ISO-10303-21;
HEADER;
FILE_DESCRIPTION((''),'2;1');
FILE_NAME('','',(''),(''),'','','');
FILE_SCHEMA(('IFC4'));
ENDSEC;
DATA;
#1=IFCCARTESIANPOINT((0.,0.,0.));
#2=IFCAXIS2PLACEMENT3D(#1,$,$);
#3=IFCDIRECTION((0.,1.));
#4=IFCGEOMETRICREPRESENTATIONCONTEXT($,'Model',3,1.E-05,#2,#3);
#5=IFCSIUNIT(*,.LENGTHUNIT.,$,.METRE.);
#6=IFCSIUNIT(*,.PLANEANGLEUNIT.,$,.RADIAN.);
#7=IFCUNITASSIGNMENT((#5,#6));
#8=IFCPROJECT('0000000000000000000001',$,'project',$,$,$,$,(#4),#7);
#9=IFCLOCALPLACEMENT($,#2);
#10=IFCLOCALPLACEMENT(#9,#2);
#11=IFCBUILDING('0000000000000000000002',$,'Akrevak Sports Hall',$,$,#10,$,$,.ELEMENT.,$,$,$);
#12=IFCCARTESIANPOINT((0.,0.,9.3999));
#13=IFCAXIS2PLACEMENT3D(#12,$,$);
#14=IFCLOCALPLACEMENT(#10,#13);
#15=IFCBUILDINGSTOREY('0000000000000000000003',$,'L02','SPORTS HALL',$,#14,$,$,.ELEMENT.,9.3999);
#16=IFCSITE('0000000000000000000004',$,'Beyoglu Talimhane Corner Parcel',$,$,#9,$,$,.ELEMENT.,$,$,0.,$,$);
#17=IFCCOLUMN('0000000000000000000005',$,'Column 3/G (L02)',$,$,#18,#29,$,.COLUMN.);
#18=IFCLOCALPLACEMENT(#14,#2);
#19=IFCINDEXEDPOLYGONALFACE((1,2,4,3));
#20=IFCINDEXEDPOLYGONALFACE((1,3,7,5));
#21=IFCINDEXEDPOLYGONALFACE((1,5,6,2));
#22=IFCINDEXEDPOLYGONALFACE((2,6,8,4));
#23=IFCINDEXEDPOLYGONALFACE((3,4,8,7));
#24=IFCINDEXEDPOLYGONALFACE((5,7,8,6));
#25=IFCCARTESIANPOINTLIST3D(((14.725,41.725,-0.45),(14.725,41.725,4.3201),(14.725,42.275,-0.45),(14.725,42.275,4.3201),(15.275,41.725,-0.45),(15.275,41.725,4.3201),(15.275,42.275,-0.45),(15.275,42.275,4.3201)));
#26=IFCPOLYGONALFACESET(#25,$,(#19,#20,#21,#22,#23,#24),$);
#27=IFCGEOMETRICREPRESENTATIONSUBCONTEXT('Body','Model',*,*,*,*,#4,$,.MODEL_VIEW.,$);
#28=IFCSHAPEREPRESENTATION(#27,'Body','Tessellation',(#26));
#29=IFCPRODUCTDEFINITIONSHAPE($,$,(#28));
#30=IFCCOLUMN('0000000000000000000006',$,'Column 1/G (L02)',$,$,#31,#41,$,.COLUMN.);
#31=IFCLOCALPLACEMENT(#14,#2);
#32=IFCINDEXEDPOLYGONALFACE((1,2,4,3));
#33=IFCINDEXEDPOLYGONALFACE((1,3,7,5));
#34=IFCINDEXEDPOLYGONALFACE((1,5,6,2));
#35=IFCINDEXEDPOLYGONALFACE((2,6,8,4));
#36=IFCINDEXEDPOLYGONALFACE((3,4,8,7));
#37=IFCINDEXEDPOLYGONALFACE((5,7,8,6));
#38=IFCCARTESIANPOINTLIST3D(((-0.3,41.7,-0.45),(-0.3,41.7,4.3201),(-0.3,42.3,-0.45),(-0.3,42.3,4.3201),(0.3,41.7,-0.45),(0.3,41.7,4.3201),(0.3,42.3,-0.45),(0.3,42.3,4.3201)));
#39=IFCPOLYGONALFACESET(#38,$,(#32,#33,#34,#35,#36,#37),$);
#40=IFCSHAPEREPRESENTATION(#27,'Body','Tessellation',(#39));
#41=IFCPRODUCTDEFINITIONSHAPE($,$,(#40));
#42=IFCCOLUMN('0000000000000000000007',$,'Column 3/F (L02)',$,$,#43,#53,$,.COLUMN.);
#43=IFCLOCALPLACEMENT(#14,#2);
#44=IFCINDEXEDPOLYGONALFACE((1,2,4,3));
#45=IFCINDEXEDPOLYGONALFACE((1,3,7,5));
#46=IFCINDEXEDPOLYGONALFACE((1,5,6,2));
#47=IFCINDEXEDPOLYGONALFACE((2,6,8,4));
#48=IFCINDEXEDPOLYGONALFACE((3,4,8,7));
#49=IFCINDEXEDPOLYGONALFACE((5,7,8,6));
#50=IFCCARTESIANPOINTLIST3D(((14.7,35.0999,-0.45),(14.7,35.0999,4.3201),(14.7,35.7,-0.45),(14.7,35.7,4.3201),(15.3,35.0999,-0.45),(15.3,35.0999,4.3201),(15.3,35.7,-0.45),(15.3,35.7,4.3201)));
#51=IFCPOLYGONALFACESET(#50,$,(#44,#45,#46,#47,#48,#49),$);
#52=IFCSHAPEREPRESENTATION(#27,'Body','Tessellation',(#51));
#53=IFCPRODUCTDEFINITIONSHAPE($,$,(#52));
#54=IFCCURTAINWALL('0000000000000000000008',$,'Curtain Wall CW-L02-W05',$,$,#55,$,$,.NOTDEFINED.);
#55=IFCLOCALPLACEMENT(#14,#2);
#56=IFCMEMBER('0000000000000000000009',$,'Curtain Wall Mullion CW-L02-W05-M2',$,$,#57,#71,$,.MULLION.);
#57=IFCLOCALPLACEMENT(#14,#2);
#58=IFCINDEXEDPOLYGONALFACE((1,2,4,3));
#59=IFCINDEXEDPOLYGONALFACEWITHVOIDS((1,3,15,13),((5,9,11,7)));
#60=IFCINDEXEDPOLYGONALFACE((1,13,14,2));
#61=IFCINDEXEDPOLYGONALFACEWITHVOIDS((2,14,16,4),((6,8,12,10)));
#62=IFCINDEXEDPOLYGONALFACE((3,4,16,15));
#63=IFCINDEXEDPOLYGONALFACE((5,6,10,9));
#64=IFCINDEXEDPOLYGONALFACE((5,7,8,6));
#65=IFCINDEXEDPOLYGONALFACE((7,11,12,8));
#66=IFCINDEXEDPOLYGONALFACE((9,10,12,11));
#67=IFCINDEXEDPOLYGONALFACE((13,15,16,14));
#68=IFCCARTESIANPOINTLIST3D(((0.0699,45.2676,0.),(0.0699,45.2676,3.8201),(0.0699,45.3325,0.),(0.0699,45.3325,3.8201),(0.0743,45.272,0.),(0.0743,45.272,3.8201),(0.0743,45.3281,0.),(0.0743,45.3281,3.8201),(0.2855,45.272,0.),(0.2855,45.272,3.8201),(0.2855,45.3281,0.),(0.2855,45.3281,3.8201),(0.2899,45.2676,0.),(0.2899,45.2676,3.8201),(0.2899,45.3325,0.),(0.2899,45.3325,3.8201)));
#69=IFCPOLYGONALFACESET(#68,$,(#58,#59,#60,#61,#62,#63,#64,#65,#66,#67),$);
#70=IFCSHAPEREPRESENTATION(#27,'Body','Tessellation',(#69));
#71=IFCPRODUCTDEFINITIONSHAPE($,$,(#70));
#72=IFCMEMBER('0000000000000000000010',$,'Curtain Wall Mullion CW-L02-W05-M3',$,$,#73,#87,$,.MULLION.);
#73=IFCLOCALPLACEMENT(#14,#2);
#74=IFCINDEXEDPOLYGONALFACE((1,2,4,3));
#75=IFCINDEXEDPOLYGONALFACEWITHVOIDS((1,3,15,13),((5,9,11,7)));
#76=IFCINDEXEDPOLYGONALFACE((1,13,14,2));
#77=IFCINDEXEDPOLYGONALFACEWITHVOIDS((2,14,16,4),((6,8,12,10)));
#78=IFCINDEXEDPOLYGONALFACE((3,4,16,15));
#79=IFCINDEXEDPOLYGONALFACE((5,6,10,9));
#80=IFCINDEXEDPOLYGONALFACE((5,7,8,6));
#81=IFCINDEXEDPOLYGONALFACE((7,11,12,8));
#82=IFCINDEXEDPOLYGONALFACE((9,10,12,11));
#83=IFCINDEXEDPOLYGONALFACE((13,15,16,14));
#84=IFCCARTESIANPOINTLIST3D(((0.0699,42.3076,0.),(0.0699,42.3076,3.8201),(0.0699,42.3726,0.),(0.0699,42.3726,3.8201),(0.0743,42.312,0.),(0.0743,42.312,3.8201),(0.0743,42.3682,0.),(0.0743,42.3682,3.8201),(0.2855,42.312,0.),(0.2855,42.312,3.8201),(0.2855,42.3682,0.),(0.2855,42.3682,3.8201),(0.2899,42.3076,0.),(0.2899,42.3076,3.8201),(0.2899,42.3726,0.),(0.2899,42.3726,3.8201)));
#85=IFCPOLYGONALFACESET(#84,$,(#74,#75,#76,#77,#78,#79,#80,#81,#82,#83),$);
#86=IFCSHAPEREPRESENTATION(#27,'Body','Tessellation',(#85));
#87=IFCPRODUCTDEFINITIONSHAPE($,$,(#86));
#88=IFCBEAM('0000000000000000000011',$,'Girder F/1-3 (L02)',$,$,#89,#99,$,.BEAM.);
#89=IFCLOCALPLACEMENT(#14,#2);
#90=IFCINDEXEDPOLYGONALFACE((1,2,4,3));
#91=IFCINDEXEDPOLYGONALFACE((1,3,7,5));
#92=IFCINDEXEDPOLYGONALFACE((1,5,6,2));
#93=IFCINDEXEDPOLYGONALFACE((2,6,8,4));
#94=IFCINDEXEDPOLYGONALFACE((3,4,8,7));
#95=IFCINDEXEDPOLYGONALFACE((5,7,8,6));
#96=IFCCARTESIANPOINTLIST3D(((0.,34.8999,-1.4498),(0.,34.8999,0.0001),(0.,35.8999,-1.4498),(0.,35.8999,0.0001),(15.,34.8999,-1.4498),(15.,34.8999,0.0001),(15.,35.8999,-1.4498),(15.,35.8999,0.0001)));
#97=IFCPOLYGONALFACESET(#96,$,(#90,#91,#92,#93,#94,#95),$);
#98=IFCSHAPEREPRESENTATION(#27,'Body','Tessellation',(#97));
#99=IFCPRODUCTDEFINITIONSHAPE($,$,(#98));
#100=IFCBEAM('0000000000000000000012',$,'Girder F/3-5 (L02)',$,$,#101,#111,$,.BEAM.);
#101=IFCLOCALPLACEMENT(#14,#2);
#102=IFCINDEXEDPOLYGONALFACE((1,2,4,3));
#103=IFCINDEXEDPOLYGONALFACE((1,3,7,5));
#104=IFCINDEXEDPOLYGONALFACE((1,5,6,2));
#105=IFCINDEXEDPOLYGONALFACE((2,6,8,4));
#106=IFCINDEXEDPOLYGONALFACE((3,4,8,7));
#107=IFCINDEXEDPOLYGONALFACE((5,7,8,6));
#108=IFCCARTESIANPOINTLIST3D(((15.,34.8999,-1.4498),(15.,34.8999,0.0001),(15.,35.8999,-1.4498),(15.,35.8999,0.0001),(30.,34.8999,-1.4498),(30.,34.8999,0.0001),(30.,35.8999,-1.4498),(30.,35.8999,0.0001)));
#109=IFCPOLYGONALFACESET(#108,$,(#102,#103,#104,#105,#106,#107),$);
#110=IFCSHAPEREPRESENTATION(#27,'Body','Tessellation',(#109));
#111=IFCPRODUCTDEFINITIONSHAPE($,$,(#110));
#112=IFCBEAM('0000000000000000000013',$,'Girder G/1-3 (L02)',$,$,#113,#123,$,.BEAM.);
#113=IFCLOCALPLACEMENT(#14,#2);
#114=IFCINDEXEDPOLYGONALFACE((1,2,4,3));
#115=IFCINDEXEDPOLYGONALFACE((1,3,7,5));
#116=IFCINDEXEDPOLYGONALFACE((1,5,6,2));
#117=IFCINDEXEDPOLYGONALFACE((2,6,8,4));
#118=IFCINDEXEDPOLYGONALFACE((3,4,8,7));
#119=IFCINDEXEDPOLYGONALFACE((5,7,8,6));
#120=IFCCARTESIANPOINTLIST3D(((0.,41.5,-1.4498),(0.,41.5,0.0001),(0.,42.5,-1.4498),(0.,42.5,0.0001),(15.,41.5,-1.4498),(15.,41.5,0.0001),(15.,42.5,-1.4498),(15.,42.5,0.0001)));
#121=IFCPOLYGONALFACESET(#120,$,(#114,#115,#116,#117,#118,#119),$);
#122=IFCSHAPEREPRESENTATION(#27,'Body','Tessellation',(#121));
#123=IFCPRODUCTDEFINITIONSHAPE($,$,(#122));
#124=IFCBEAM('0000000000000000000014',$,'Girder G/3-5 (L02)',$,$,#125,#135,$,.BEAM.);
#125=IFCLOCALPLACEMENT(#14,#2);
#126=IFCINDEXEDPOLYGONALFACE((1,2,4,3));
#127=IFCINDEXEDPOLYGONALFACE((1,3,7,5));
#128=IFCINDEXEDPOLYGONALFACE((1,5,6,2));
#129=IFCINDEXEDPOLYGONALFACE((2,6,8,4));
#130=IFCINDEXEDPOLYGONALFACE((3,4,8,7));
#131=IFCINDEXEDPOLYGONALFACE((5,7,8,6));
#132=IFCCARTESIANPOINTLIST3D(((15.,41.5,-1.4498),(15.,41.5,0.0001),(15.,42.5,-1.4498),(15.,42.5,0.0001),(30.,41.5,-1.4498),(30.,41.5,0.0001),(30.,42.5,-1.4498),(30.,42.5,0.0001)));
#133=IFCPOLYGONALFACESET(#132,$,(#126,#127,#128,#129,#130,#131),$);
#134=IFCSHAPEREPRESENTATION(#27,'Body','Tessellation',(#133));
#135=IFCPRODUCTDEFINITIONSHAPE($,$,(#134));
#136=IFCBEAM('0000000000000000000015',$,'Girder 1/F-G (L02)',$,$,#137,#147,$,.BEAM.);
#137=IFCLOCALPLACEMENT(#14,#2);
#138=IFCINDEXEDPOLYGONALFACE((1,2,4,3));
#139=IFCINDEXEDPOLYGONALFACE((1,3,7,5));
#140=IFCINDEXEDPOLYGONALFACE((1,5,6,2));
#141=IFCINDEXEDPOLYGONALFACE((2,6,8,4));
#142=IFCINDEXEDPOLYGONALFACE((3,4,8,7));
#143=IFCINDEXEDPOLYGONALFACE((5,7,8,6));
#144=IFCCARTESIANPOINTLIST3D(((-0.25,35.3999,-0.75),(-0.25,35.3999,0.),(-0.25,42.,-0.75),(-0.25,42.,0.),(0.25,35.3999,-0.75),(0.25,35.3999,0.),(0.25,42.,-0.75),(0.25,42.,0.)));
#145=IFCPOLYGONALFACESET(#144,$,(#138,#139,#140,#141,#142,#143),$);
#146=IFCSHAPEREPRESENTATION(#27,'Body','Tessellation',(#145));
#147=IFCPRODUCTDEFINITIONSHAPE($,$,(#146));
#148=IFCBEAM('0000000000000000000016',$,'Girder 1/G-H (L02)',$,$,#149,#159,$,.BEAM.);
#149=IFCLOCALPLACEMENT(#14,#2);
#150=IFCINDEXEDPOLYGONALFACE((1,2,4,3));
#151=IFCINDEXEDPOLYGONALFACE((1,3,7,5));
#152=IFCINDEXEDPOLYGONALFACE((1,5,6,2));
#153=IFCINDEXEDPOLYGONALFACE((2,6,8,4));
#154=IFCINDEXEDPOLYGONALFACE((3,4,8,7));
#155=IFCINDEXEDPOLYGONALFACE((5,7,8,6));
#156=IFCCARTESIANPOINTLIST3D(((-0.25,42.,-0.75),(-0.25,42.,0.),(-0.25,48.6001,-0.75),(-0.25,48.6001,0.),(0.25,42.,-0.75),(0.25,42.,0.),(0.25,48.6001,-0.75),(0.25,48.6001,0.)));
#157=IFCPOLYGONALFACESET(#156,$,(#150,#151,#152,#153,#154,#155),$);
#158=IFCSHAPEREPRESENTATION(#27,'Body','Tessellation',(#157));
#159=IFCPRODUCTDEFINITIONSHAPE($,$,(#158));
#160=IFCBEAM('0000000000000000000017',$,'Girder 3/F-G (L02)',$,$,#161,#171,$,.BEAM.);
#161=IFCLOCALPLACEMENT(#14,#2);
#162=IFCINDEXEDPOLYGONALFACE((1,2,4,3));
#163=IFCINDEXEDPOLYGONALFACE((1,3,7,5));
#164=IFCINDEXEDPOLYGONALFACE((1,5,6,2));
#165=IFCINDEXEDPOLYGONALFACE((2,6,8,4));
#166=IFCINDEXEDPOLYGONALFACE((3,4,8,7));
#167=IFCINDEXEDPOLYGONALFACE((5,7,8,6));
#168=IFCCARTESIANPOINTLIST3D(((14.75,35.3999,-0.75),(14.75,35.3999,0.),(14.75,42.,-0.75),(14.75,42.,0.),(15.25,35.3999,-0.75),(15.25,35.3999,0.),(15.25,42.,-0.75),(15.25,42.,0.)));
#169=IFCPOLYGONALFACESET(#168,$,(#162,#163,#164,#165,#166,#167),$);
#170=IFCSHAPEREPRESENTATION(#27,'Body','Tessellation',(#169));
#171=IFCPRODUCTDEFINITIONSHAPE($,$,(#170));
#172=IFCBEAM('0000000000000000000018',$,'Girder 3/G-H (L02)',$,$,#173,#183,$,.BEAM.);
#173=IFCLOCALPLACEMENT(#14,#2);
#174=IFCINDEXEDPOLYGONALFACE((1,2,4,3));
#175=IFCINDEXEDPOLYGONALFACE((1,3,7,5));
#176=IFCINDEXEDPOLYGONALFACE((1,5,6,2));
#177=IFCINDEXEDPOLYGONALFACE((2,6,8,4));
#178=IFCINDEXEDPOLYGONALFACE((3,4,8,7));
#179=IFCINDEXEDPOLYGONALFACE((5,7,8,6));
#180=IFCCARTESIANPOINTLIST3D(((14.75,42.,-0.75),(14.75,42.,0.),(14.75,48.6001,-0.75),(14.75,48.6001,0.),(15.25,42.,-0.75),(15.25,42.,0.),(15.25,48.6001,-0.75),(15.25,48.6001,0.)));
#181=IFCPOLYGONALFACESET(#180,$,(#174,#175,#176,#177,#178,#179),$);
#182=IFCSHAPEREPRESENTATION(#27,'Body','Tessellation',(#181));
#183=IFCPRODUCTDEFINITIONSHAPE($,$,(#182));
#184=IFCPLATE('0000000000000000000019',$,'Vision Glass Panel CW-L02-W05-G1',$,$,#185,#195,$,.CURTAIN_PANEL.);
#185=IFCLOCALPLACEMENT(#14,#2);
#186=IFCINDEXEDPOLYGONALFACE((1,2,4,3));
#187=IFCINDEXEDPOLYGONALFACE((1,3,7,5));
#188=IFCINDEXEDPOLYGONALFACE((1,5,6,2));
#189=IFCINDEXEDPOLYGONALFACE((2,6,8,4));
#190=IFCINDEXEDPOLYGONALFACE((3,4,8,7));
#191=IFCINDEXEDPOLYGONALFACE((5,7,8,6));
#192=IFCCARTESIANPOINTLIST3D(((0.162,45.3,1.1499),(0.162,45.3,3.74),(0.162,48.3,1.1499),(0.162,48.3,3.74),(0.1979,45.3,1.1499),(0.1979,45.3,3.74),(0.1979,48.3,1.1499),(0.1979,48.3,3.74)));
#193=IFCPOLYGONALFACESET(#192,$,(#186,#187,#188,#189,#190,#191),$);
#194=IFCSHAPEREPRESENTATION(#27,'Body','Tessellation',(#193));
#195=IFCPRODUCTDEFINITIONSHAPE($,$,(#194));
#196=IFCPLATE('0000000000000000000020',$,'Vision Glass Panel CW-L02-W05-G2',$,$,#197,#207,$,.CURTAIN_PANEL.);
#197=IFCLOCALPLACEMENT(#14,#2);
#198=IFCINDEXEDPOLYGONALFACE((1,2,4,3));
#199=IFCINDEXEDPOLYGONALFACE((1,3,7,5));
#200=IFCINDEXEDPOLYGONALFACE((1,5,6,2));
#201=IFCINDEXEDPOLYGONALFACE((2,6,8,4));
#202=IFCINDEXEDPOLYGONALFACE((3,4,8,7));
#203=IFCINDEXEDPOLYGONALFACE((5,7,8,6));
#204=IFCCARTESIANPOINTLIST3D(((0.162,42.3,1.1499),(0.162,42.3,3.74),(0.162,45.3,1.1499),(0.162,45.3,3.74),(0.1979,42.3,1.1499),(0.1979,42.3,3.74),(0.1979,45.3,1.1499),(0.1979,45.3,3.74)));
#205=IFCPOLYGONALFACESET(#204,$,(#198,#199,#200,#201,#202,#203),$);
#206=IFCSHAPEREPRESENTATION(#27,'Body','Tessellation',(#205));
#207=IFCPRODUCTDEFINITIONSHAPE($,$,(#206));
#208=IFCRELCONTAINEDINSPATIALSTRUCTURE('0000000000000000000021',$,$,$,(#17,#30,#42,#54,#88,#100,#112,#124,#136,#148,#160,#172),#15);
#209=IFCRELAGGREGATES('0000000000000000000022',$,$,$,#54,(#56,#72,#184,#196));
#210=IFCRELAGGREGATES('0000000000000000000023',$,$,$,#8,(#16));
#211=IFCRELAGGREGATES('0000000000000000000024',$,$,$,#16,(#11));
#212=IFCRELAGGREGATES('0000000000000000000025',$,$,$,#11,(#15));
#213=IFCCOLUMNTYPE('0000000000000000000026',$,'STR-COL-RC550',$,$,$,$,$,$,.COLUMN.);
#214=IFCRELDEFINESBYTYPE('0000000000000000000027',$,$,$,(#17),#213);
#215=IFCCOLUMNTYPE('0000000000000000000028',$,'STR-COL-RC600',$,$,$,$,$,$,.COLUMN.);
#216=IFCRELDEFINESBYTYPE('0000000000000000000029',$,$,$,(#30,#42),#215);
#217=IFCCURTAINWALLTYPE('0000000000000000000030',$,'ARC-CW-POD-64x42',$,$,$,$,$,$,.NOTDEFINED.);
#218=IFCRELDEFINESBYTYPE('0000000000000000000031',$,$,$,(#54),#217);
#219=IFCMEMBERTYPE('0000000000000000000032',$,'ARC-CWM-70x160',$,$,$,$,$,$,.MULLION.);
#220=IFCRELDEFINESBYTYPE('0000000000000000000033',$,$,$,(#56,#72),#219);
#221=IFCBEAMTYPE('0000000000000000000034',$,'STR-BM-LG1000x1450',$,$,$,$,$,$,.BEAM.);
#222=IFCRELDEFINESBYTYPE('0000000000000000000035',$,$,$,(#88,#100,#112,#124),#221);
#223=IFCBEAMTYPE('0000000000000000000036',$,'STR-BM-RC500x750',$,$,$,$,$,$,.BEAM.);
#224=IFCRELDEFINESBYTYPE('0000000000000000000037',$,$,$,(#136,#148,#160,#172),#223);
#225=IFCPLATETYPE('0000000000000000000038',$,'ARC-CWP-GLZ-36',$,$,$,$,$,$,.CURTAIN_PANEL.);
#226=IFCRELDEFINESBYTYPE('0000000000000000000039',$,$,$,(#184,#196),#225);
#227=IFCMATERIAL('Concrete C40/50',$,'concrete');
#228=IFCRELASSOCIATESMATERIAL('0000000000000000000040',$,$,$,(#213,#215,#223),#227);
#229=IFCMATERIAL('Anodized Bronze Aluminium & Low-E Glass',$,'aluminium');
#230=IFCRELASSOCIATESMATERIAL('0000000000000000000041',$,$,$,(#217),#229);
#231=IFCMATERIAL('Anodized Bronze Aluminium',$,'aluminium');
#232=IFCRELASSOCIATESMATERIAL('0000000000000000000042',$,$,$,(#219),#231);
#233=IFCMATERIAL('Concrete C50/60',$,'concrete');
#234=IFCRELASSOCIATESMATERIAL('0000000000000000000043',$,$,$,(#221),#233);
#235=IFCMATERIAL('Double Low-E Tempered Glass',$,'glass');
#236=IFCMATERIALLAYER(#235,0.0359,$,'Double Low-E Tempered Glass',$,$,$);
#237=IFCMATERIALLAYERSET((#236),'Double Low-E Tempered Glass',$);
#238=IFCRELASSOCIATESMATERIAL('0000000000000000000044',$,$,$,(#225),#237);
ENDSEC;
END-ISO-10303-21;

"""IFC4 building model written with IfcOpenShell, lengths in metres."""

from ifc_helpers import new_model, si_unit, direction, frame, origin, origin_2d, place, context, subcontext, project, spatial, rectangle, hollow_rectangle, extrude, material, layer, layer_set, material_profile, profile_set, type_object, element, aggregate, save


model = new_model("IFC4")

# Units and contexts
model_context = context("Model", 3, precision=1e-05, world=origin(), true_north=direction((0.0, 1.0)))
body_context = subcontext(model_context, "Body", "Model", "MODEL_VIEW")
ifc_project = project(units=[si_unit("LENGTHUNIT", "METRE"), si_unit("PLANEANGLEUNIT", "RADIAN")], contexts=[model_context])

# Site, building, storey
site_placement = place(None, origin())
site = spatial("IfcSite", under=ifc_project, at=site_placement, Name="Beyoglu Talimhane Corner Parcel", CompositionType="ELEMENT", RefElevation=0.0)
building_placement = place(site_placement, origin())
building = spatial("IfcBuilding", under=site, at=building_placement, Name="Akrevak Sports Hall", CompositionType="ELEMENT")
storey_placement = place(building_placement, frame((0.0, 0.0, 9.3999)))
storey = spatial("IfcBuildingStorey", under=building, at=storey_placement, Name="L02", Description="SPORTS HALL", CompositionType="ELEMENT", Elevation=9.3999)

# Columns
ifc_material_1 = material(Name="Concrete C40/50", Category="concrete")
ifc_material_profile_1 = material_profile(ifc_material_1, rectangle(XDim=0.55, YDim=0.55, at=origin_2d()), Name="RC 550x550", Category="concrete")
ifc_profile_set_1 = profile_set([ifc_material_profile_1], Name="Concrete C40/50")
column_type_1 = type_object("IfcColumnType", Name="STR-COL-RC550", PredefinedType="COLUMN", material=ifc_profile_set_1)
column_placement = place(storey_placement, frame((15.0, 42.0, -0.45), z_axis=(0.0, 0.0, 1.0), x_axis=(1.0, 0.0, 0.0)))
element("IfcColumn", 1, at=column_placement, inside=storey, type_object=column_type_1, Name="Column 3/G (L02)", PredefinedType="COLUMN", context=body_context, shape_type="SweptSolid", body=[
    extrude(rectangle(XDim=0.55, YDim=0.55, at=origin_2d()), origin(), (0.0, 0.0, 1.0), 4.77),
])
ifc_material_profile_2 = material_profile(ifc_material_1, rectangle(XDim=0.6001, YDim=0.6001, at=origin_2d()), Name="RC 600x600", Category="concrete")
ifc_profile_set_2 = profile_set([ifc_material_profile_2], Name="Concrete C40/50")
column_type_2 = type_object("IfcColumnType", Name="STR-COL-RC600", PredefinedType="COLUMN", material=ifc_profile_set_2)
for number, where, z_axis, x_axis, name in (
    (2, (0.0, 42.0, -0.45), (0.0, 0.0, 1.0), (1.0, 0.0, 0.0), "Column 1/G (L02)"),
    (3, (15.0, 35.3999, -0.45), (0.0, 0.0, 1.0), (1.0, 0.0, 0.0), "Column 3/F (L02)"),
):
    element("IfcColumn", number, at=place(storey_placement, frame(where, z_axis=z_axis, x_axis=x_axis)), inside=storey, type_object=column_type_2, Name=name, PredefinedType="COLUMN", context=body_context, shape_type="SweptSolid", body=[
        extrude(rectangle(XDim=0.6001, YDim=0.6001, at=origin_2d()), origin(), (0.0, 0.0, 1.0), 4.77),
    ])

# Curtain wall, members
ifc_material_2 = material(Name="Anodized Bronze Aluminium & Low-E Glass", Category="aluminium")
curtain_wall_type = type_object("IfcCurtainWallType", Name="ARC-CW-POD-64x42", PredefinedType="NOTDEFINED", material=ifc_material_2)
curtain_wall_placement = place(storey_placement, origin())
curtain_wall = element("IfcCurtainWall", 4, at=curtain_wall_placement, inside=storey, type_object=curtain_wall_type, Name="Curtain Wall CW-L02-W05", PredefinedType="NOTDEFINED")
ifc_material_3 = material(Name="Anodized Bronze Aluminium", Category="aluminium")
ifc_material_profile_3 = material_profile(ifc_material_3, hollow_rectangle(XDim=0.0649, YDim=0.22, WallThickness=0.0044, at=origin_2d()), Name="CWM 65x220", Category="aluminium")
ifc_profile_set_3 = profile_set([ifc_material_profile_3], Name="Anodized Bronze Aluminium")
member_type = type_object("IfcMemberType", Name="ARC-CWM-70x160", PredefinedType="MULLION", material=ifc_profile_set_3)
member_1_placement = place(storey_placement, frame((0.1799, 45.3, 0.0), z_axis=(0.0, 0.0, 1.0), x_axis=(0.0, -1.0, 0.0)))
member_1 = element("IfcMember", 5, at=member_1_placement, type_object=member_type, Name="Curtain Wall Mullion CW-L02-W05-M2", PredefinedType="MULLION", context=body_context, shape_type="SweptSolid", body=[
    extrude(hollow_rectangle(XDim=0.0649, YDim=0.22, WallThickness=0.0044, at=origin_2d()), origin(), (0.0, 0.0, 1.0), 3.8201),
])
member_2_placement = place(storey_placement, frame((0.1799, 42.3401, 0.0), z_axis=(0.0, 0.0, 1.0), x_axis=(0.0, -1.0, 0.0)))
member_2 = element("IfcMember", 6, at=member_2_placement, type_object=member_type, Name="Curtain Wall Mullion CW-L02-W05-M3", PredefinedType="MULLION", context=body_context, shape_type="SweptSolid", body=[
    extrude(hollow_rectangle(XDim=0.0649, YDim=0.22, WallThickness=0.0044, at=origin_2d()), origin(), (0.0, 0.0, 1.0), 3.8201),
])

# Beams
ifc_material_4 = material(Name="Concrete C50/60", Category="concrete")
ifc_material_profile_4 = material_profile(ifc_material_4, rectangle(XDim=1.0, YDim=1.45, at=origin_2d()), Name="BM 1000x1450", Category="concrete")
ifc_profile_set_4 = profile_set([ifc_material_profile_4], Name="Concrete C50/60")
beam_type_1 = type_object("IfcBeamType", Name="STR-BM-LG1000x1450", PredefinedType="BEAM", material=ifc_profile_set_4)
for number, where, z_axis, x_axis, name in (
    (7, (0.0, 35.3999, -0.7249), (1.0, 0.0, 0.0), (0.0, 1.0, 0.0), "Girder F/1-3 (L02)"),
    (8, (15.0, 35.3999, -0.7249), (1.0, 0.0, 0.0), (0.0, 1.0, 0.0), "Girder F/3-5 (L02)"),
    (9, (0.0, 42.0, -0.7249), (1.0, 0.0, 0.0), (0.0, 1.0, 0.0), "Girder G/1-3 (L02)"),
    (10, (15.0, 42.0, -0.7249), (1.0, 0.0, 0.0), (0.0, 1.0, 0.0), "Girder G/3-5 (L02)"),
):
    element("IfcBeam", number, at=place(storey_placement, frame(where, z_axis=z_axis, x_axis=x_axis)), inside=storey, type_object=beam_type_1, Name=name, PredefinedType="BEAM", context=body_context, shape_type="SweptSolid", body=[
        extrude(rectangle(XDim=1.0, YDim=1.45, at=origin_2d()), origin(), (0.0, 0.0, 1.0), 15.0),
    ])
ifc_material_profile_5 = material_profile(ifc_material_1, rectangle(XDim=0.5, YDim=0.75, at=origin_2d()), Name="BM 500x750", Category="concrete")
ifc_profile_set_5 = profile_set([ifc_material_profile_5], Name="Concrete C40/50")
beam_type_2 = type_object("IfcBeamType", Name="STR-BM-RC500x750", PredefinedType="BEAM", material=ifc_profile_set_5)
for number, where, z_axis, x_axis, name in (
    (11, (0.0, 35.3999, -0.375), (0.0, 1.0, 0.0), (-1.0, 0.0, 0.0), "Girder 1/F-G (L02)"),
    (12, (0.0, 42.0, -0.375), (0.0, 1.0, 0.0), (-1.0, 0.0, 0.0), "Girder 1/G-H (L02)"),
    (13, (15.0, 35.3999, -0.375), (0.0, 1.0, 0.0), (-1.0, 0.0, 0.0), "Girder 3/F-G (L02)"),
    (14, (15.0, 42.0, -0.375), (0.0, 1.0, 0.0), (-1.0, 0.0, 0.0), "Girder 3/G-H (L02)"),
):
    element("IfcBeam", number, at=place(storey_placement, frame(where, z_axis=z_axis, x_axis=x_axis)), inside=storey, type_object=beam_type_2, Name=name, PredefinedType="BEAM", context=body_context, shape_type="SweptSolid", body=[
        extrude(rectangle(XDim=0.5, YDim=0.75, at=origin_2d()), origin(), (0.0, 0.0, 1.0), 6.6001),
    ])

# Plates
ifc_material_5 = material(Name="Double Low-E Tempered Glass", Category="glass")
ifc_layer_1 = layer(ifc_material_5, 0.0359, Name="Double Low-E Tempered Glass")
ifc_layer_set_1 = layer_set([ifc_layer_1], Name="Double Low-E Tempered Glass")
plate_type_1 = type_object("IfcPlateType", Name="ARC-CWP-GLZ-36", PredefinedType="CURTAIN_PANEL", material=ifc_layer_set_1)
plate_1_placement = place(storey_placement, frame((0.1799, 46.8, 1.1499), z_axis=(0.0, 0.0, 1.0), x_axis=(0.0, -1.0, 0.0)))
plate_1 = element("IfcPlate", 15, at=plate_1_placement, type_object=plate_type_1, Name="Vision Glass Panel CW-L02-W05-G1", PredefinedType="CURTAIN_PANEL", context=body_context, shape_type="SweptSolid", body=[
    extrude(rectangle(XDim=3.0, YDim=0.0359, at=origin_2d()), origin(), (0.0, 0.0, 1.0), 2.5901),
])
plate_2_placement = place(storey_placement, frame((0.1799, 43.8, 1.1499), z_axis=(0.0, 0.0, 1.0), x_axis=(0.0, -1.0, 0.0)))
plate_2 = element("IfcPlate", 16, at=plate_2_placement, type_object=plate_type_1, Name="Vision Glass Panel CW-L02-W05-G2", PredefinedType="CURTAIN_PANEL", context=body_context, shape_type="SweptSolid", body=[
    extrude(rectangle(XDim=3.0, YDim=0.0359, at=origin_2d()), origin(), (0.0, 0.0, 1.0), 2.5901),
])
aggregate(curtain_wall, [member_1, member_2, plate_1, plate_2])

save(model, "model.ifc")
